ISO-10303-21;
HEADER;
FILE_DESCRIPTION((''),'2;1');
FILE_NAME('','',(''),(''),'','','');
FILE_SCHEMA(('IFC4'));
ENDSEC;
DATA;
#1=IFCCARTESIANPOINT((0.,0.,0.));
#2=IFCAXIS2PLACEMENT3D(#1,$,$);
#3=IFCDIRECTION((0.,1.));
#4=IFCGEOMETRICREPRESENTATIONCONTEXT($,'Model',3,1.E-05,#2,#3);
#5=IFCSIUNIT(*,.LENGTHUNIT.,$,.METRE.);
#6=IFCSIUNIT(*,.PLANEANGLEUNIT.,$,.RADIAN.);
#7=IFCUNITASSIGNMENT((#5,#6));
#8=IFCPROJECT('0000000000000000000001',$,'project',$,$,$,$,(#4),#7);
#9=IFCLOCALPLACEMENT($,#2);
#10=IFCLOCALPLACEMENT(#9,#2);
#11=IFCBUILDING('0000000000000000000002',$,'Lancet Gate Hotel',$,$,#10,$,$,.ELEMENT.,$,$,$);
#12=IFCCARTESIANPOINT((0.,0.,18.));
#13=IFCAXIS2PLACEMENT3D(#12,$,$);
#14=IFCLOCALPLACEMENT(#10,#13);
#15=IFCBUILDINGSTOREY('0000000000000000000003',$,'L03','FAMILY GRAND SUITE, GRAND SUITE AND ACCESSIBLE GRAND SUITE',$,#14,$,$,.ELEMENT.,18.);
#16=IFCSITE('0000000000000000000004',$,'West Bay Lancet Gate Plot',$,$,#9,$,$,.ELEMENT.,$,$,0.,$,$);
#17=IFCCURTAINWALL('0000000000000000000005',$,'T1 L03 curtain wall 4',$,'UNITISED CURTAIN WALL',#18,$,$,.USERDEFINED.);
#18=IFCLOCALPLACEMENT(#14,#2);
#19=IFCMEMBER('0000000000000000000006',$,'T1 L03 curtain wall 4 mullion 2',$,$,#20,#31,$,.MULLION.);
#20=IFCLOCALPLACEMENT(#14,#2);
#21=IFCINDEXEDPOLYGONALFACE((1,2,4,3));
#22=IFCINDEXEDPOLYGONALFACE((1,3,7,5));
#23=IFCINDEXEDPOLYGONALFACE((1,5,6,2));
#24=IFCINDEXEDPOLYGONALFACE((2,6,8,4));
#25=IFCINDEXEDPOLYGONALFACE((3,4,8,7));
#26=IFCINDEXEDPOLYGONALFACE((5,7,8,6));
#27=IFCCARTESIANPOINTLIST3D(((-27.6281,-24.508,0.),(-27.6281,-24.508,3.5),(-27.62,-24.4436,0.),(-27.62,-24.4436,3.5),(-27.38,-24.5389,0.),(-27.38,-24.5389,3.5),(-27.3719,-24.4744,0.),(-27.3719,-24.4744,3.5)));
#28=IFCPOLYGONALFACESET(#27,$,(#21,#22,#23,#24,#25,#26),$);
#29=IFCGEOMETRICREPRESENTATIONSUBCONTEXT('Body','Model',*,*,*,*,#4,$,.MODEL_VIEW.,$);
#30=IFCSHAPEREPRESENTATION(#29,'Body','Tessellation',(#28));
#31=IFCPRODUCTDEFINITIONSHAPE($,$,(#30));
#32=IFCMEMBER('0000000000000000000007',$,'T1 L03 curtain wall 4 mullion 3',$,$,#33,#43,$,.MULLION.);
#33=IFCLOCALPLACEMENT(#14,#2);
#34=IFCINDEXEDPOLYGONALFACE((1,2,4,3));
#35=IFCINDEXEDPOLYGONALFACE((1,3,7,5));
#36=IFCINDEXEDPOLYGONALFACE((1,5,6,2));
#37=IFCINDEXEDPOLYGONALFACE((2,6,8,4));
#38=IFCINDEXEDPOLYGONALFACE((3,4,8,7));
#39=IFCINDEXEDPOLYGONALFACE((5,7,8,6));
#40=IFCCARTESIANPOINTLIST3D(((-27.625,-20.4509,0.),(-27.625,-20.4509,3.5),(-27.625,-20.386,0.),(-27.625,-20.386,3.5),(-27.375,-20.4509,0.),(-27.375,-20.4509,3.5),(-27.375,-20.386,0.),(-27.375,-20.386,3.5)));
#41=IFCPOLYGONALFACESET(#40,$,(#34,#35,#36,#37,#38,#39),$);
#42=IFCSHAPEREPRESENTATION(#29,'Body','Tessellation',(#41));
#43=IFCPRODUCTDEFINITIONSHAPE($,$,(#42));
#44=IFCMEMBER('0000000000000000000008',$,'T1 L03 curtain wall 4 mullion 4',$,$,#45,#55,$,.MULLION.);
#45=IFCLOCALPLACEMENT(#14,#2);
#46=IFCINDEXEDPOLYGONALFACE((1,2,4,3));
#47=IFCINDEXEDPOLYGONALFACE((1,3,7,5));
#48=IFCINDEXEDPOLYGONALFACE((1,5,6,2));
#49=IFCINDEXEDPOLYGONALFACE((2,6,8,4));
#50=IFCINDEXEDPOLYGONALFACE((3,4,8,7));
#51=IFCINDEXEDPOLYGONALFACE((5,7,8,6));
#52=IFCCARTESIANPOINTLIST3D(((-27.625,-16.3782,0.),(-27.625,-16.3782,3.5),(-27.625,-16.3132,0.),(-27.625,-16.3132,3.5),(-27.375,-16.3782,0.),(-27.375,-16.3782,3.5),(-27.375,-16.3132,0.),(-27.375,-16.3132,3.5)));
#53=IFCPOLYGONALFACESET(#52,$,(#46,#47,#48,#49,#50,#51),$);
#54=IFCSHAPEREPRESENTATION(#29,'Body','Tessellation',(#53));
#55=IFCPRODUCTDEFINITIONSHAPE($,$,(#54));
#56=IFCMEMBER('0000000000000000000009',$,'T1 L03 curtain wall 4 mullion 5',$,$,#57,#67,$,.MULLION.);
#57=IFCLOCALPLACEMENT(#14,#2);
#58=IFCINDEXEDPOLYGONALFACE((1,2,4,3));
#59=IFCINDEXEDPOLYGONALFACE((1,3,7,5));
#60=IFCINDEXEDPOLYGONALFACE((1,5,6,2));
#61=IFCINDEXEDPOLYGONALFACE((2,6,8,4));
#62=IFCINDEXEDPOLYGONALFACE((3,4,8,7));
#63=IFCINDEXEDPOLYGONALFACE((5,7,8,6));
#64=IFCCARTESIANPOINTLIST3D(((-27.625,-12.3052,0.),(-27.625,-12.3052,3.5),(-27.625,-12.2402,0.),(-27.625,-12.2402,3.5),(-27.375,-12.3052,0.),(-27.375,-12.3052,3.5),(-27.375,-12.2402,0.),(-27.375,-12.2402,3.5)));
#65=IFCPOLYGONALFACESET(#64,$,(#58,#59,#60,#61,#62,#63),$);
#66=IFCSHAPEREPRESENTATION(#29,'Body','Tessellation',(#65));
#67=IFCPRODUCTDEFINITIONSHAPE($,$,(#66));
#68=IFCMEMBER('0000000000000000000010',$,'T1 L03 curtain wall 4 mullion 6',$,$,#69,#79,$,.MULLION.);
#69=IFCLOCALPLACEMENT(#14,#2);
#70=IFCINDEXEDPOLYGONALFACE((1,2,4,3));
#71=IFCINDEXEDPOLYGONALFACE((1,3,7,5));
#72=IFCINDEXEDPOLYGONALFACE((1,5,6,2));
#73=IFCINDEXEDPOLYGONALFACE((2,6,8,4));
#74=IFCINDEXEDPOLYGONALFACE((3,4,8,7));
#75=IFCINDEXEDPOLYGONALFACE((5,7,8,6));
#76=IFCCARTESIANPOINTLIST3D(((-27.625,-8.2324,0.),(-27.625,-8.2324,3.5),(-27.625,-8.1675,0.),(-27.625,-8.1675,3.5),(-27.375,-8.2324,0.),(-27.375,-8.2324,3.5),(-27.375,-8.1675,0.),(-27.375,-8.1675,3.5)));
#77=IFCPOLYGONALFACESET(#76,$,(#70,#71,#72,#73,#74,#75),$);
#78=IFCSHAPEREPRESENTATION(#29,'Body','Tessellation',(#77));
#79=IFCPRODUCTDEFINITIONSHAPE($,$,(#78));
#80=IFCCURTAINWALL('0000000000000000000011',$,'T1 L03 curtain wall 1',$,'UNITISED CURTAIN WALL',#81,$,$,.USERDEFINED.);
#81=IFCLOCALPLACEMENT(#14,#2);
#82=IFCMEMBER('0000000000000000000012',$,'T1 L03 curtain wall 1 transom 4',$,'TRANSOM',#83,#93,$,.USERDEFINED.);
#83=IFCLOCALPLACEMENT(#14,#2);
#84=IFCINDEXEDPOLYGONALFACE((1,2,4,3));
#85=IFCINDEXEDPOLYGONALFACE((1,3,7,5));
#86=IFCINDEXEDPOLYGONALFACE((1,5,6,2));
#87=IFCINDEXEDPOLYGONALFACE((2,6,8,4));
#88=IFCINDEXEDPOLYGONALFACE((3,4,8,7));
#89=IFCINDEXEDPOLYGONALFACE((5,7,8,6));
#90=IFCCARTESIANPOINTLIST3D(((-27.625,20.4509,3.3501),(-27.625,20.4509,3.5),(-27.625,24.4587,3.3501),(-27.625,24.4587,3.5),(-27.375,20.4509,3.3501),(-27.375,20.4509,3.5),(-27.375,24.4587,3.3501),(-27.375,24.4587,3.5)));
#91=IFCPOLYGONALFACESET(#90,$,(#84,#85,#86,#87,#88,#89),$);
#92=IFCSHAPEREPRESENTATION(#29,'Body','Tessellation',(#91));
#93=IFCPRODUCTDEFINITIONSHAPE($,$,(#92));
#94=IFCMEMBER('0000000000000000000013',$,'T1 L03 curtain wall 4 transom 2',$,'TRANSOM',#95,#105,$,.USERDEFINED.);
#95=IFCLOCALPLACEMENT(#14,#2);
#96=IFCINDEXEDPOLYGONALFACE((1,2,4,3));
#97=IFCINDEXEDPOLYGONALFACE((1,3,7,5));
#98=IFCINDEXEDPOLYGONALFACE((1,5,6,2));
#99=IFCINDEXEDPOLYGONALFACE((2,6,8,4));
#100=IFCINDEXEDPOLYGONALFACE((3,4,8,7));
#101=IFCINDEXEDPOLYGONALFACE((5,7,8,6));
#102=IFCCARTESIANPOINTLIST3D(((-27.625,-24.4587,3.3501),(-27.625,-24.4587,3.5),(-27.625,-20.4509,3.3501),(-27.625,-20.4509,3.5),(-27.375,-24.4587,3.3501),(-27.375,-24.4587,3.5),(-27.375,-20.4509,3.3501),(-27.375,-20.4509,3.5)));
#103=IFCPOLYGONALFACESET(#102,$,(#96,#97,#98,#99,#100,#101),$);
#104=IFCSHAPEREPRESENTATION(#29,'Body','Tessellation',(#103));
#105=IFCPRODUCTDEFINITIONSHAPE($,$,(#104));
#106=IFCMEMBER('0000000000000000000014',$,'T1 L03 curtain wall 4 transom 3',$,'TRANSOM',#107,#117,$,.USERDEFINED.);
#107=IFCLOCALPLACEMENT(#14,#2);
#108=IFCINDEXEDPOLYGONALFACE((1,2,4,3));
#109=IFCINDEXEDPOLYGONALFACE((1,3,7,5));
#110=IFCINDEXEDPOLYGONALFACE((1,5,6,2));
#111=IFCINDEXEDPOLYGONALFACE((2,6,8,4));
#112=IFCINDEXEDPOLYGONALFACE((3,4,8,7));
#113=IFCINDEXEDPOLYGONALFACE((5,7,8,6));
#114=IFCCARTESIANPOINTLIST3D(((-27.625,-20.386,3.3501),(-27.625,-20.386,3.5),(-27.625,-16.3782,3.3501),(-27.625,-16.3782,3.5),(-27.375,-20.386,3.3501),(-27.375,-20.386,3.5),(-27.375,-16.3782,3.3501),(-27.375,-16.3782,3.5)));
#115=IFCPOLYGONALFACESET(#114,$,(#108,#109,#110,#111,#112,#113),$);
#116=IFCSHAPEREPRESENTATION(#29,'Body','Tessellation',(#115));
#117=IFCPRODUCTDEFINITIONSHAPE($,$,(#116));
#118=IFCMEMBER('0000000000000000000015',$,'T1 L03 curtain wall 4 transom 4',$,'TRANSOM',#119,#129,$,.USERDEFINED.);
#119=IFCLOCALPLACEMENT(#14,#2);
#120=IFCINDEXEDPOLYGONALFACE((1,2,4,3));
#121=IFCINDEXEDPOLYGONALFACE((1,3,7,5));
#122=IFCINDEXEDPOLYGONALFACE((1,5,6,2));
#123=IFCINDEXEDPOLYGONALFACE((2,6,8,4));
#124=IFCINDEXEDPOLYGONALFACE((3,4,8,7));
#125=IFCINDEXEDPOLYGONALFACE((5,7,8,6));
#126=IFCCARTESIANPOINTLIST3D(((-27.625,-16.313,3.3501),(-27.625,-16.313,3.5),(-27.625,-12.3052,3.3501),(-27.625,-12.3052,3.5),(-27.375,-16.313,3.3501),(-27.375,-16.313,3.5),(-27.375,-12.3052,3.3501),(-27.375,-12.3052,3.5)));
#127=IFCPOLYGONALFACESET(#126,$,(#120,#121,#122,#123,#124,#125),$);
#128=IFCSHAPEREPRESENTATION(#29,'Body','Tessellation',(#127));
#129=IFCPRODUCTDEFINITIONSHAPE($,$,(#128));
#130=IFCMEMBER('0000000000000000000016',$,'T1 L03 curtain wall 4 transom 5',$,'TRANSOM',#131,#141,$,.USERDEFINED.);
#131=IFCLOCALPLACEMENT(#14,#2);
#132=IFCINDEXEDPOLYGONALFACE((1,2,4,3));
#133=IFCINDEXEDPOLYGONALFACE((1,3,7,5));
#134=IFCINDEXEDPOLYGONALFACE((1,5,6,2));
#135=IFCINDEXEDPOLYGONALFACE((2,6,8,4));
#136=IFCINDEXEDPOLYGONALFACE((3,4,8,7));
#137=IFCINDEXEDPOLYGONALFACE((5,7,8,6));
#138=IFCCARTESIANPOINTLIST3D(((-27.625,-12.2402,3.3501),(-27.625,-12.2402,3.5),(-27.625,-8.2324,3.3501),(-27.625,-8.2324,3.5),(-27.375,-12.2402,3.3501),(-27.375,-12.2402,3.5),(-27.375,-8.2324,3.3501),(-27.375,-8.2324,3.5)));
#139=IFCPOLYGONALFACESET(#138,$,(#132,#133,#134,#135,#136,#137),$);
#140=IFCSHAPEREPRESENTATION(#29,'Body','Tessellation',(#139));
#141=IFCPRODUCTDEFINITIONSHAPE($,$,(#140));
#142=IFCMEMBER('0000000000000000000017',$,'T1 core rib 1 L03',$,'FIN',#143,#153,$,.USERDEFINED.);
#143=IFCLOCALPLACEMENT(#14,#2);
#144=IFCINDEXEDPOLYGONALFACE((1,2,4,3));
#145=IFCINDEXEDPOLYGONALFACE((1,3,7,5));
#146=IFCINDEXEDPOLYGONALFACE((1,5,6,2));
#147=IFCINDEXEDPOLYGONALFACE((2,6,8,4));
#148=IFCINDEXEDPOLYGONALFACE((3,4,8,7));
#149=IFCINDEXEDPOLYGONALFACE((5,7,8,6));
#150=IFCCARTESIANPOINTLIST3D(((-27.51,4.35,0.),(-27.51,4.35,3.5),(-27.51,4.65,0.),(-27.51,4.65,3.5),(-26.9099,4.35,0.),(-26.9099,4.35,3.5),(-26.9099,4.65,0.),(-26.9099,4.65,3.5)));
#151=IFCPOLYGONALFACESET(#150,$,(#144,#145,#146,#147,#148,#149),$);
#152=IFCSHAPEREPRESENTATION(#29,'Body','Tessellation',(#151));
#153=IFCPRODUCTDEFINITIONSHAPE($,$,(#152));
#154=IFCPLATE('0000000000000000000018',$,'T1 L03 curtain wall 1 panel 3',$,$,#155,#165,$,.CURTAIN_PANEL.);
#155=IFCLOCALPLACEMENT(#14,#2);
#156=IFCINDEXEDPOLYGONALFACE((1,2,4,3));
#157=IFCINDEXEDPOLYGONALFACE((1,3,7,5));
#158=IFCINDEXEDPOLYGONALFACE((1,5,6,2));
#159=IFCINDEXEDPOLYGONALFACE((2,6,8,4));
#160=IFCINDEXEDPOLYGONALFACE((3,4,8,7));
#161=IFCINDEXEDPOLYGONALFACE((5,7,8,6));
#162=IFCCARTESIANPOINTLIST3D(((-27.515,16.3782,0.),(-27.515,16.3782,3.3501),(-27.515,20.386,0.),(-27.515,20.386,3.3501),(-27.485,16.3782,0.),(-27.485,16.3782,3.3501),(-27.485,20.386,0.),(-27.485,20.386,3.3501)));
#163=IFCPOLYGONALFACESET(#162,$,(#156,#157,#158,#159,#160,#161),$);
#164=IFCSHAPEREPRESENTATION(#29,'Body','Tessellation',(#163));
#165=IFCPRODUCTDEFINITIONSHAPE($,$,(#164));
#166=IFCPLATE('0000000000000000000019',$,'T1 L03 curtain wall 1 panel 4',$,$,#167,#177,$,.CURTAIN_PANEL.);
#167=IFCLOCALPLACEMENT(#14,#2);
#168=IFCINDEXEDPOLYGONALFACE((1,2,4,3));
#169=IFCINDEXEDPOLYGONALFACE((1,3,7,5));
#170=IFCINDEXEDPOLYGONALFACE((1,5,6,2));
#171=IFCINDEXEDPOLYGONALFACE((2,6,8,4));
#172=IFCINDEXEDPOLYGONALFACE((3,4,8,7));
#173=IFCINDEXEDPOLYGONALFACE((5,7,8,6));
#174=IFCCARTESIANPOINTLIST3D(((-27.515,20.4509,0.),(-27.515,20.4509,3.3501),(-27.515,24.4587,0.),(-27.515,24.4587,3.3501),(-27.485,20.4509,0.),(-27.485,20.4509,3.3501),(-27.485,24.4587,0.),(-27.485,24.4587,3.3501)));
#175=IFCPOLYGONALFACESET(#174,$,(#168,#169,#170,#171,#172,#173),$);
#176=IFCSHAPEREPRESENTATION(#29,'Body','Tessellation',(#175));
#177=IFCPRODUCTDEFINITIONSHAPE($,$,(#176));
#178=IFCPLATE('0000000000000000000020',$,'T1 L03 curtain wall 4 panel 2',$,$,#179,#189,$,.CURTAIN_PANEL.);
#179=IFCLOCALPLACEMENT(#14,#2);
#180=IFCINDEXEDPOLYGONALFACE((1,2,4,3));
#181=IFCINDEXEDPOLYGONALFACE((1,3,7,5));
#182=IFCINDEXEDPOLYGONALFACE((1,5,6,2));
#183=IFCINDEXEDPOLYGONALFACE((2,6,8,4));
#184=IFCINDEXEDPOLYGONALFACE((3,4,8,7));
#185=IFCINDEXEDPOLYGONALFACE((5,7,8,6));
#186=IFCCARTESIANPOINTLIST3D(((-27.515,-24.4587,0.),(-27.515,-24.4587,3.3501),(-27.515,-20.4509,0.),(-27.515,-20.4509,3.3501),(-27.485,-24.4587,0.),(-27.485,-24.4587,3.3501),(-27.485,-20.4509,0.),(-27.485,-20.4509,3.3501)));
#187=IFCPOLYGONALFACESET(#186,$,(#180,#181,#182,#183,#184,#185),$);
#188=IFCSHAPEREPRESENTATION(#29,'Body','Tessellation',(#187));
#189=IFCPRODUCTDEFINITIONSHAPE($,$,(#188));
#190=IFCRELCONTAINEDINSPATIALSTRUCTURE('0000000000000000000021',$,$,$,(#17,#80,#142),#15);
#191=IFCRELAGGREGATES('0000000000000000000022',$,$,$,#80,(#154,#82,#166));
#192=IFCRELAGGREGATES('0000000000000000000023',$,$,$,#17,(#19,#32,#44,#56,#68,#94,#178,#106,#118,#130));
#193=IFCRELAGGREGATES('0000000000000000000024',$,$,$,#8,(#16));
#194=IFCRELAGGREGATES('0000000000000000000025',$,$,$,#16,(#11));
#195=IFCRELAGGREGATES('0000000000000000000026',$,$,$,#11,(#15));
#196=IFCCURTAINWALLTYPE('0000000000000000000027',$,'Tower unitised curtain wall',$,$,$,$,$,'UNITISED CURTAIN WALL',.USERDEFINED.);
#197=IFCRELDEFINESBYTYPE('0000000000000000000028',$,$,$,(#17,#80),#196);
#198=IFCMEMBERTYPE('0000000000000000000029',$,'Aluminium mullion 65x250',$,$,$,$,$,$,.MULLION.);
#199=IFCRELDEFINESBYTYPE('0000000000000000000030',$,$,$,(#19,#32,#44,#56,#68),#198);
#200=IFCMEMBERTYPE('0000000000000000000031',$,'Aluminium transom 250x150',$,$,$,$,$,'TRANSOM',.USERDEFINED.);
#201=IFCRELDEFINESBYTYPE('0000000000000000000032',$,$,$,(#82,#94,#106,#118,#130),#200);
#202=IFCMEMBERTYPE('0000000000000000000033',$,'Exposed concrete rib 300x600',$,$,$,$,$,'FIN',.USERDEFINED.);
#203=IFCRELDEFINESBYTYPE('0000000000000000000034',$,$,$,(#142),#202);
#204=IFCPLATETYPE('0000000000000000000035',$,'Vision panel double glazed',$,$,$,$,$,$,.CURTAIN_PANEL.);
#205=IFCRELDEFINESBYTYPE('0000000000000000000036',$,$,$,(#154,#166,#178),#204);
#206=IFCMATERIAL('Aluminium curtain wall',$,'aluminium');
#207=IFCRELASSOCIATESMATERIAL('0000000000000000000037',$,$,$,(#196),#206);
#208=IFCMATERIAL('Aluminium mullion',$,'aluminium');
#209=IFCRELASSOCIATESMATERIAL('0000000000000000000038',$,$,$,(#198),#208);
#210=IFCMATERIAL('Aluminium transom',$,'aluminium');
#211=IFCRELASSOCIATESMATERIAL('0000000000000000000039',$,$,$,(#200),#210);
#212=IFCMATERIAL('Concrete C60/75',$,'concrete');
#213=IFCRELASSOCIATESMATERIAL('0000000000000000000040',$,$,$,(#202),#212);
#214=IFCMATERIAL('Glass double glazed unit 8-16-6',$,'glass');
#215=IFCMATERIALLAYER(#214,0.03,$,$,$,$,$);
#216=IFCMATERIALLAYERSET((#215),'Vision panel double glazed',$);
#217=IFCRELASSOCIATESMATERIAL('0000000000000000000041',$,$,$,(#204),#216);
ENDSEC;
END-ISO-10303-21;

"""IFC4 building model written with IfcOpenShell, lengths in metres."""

from ifc_helpers import new_model, si_unit, direction, frame, origin, origin_2d, place, context, subcontext, project, spatial, rectangle, extrude, material, layer, layer_set, material_profile, profile_set, type_object, element, aggregate, save


model = new_model("IFC4")

# Units and contexts
model_context = context("Model", 3, precision=1e-05, world=origin(), true_north=direction((0.0, 1.0)))
body_context = subcontext(model_context, "Body", "Model", "MODEL_VIEW")
ifc_project = project(units=[si_unit("LENGTHUNIT", "METRE"), si_unit("PLANEANGLEUNIT", "RADIAN")], contexts=[model_context])

# Site, building, storey
site_placement = place(None, origin())
site = spatial("IfcSite", under=ifc_project, at=site_placement, Name="West Bay Lancet Gate Plot", CompositionType="ELEMENT", RefElevation=0.0)
building_placement = place(site_placement, origin())
building = spatial("IfcBuilding", under=site, at=building_placement, Name="Lancet Gate Hotel", CompositionType="ELEMENT")
storey_placement = place(building_placement, frame((0.0, 0.0, 18.0)))
storey = spatial("IfcBuildingStorey", under=building, at=storey_placement, Name="L03", Description="FAMILY GRAND SUITE, GRAND SUITE AND ACCESSIBLE GRAND SUITE", CompositionType="ELEMENT", Elevation=18.0)

# Curtain wall, members
ifc_material_1 = material(Name="Aluminium curtain wall", Category="aluminium")
curtain_wall_type = type_object("IfcCurtainWallType", Name="Tower unitised curtain wall", ElementType="UNITISED CURTAIN WALL", PredefinedType="USERDEFINED", material=ifc_material_1)
curtain_wall_1_placement = place(storey_placement, origin())
curtain_wall_1 = element("IfcCurtainWall", 1, at=curtain_wall_1_placement, inside=storey, type_object=curtain_wall_type, Name="T1 L03 curtain wall 4", ObjectType="UNITISED CURTAIN WALL", PredefinedType="USERDEFINED")
ifc_material_2 = material(Name="Aluminium mullion", Category="aluminium")
ifc_material_profile_1 = material_profile(ifc_material_2, rectangle(XDim=0.0649, YDim=0.25, at=origin_2d()), Name="MULLION 65x250")
ifc_profile_set_1 = profile_set([ifc_material_profile_1], Name="Aluminium mullion")
member_type_1 = type_object("IfcMemberType", Name="Aluminium mullion 65x250", PredefinedType="MULLION", material=ifc_profile_set_1)
member_1_placement = place(storey_placement, frame((-27.5, -24.4912, 0.0), z_axis=(0.0, 0.0, 1.0), x_axis=(0.123483, 0.992347, 0.0)))
member_1 = element("IfcMember", 2, at=member_1_placement, type_object=member_type_1, Name="T1 L03 curtain wall 4 mullion 2", PredefinedType="MULLION", context=body_context, shape_type="SweptSolid", body=[
    extrude(rectangle(XDim=0.0649, YDim=0.25, at=origin_2d()), origin(), (0.0, 0.0, 1.0), 3.5),
])
member_2_placement = place(storey_placement, frame((-27.5, -20.4185, 0.0), z_axis=(0.0, 0.0, 1.0), x_axis=(0.0, 1.0, 0.0)))
member_2 = element("IfcMember", 3, at=member_2_placement, type_object=member_type_1, Name="T1 L03 curtain wall 4 mullion 3", PredefinedType="MULLION", context=body_context, shape_type="SweptSolid", body=[
    extrude(rectangle(XDim=0.0649, YDim=0.25, at=origin_2d()), origin(), (0.0, 0.0, 1.0), 3.5),
])
member_3_placement = place(storey_placement, frame((-27.5, -16.3457, 0.0), z_axis=(0.0, 0.0, 1.0), x_axis=(0.0, 1.0, 0.0)))
member_3 = element("IfcMember", 4, at=member_3_placement, type_object=member_type_1, Name="T1 L03 curtain wall 4 mullion 4", PredefinedType="MULLION", context=body_context, shape_type="SweptSolid", body=[
    extrude(rectangle(XDim=0.0649, YDim=0.25, at=origin_2d()), origin(), (0.0, 0.0, 1.0), 3.5),
])
member_4_placement = place(storey_placement, frame((-27.5, -12.2727, 0.0), z_axis=(0.0, 0.0, 1.0), x_axis=(0.0, 1.0, 0.0)))
member_4 = element("IfcMember", 5, at=member_4_placement, type_object=member_type_1, Name="T1 L03 curtain wall 4 mullion 5", PredefinedType="MULLION", context=body_context, shape_type="SweptSolid", body=[
    extrude(rectangle(XDim=0.0649, YDim=0.25, at=origin_2d()), origin(), (0.0, 0.0, 1.0), 3.5),
])
member_5_placement = place(storey_placement, frame((-27.5, -8.2, 0.0), z_axis=(0.0, 0.0, 1.0), x_axis=(0.0, 1.0, 0.0)))
member_5 = element("IfcMember", 6, at=member_5_placement, type_object=member_type_1, Name="T1 L03 curtain wall 4 mullion 6", PredefinedType="MULLION", context=body_context, shape_type="SweptSolid", body=[
    extrude(rectangle(XDim=0.0649, YDim=0.25, at=origin_2d()), origin(), (0.0, 0.0, 1.0), 3.5),
])

# Curtain wall, member
curtain_wall_2_placement = place(storey_placement, origin())
curtain_wall_2 = element("IfcCurtainWall", 7, at=curtain_wall_2_placement, inside=storey, type_object=curtain_wall_type, Name="T1 L03 curtain wall 1", ObjectType="UNITISED CURTAIN WALL", PredefinedType="USERDEFINED")
ifc_material_3 = material(Name="Aluminium transom", Category="aluminium")
ifc_material_profile_2 = material_profile(ifc_material_3, rectangle(XDim=0.25, YDim=0.1499, at=origin_2d()), Name="TRANSOM 250x150")
ifc_profile_set_2 = profile_set([ifc_material_profile_2], Name="Aluminium transom")
member_type_2 = type_object("IfcMemberType", Name="Aluminium transom 250x150", ElementType="TRANSOM", PredefinedType="USERDEFINED", material=ifc_profile_set_2)
member_6_placement = place(storey_placement, frame((-27.5, 20.4509, 3.425), z_axis=(0.0, 1.0, 0.0), x_axis=(-1.0, 0.0, 0.0)))
member_6 = element("IfcMember", 8, at=member_6_placement, type_object=member_type_2, Name="T1 L03 curtain wall 1 transom 4", ObjectType="TRANSOM", PredefinedType="USERDEFINED", context=body_context, shape_type="SweptSolid", body=[
    extrude(rectangle(XDim=0.25, YDim=0.1499, at=origin_2d()), origin(), (0.0, 0.0, 1.0), 4.0078),
])

# Members
member_7_placement = place(storey_placement, frame((-27.5, -24.4587, 3.425), z_axis=(0.0, 1.0, 0.0), x_axis=(-1.0, 0.0, 0.0)))
member_7 = element("IfcMember", 9, at=member_7_placement, type_object=member_type_2, Name="T1 L03 curtain wall 4 transom 2", ObjectType="TRANSOM", PredefinedType="USERDEFINED", context=body_context, shape_type="SweptSolid", body=[
    extrude(rectangle(XDim=0.25, YDim=0.1499, at=origin_2d()), origin(), (0.0, 0.0, 1.0), 4.0078),
])
member_8_placement = place(storey_placement, frame((-27.5, -20.386, 3.425), z_axis=(0.0, 1.0, 0.0), x_axis=(-1.0, 0.0, 0.0)))
member_8 = element("IfcMember", 10, at=member_8_placement, type_object=member_type_2, Name="T1 L03 curtain wall 4 transom 3", ObjectType="TRANSOM", PredefinedType="USERDEFINED", context=body_context, shape_type="SweptSolid", body=[
    extrude(rectangle(XDim=0.25, YDim=0.1499, at=origin_2d()), origin(), (0.0, 0.0, 1.0), 4.0078),
])
member_9_placement = place(storey_placement, frame((-27.5, -16.313, 3.425), z_axis=(0.0, 1.0, 0.0), x_axis=(-1.0, 0.0, 0.0)))
member_9 = element("IfcMember", 11, at=member_9_placement, type_object=member_type_2, Name="T1 L03 curtain wall 4 transom 4", ObjectType="TRANSOM", PredefinedType="USERDEFINED", context=body_context, shape_type="SweptSolid", body=[
    extrude(rectangle(XDim=0.25, YDim=0.1499, at=origin_2d()), origin(), (0.0, 0.0, 1.0), 4.0078),
])
member_10_placement = place(storey_placement, frame((-27.5, -12.2402, 3.425), z_axis=(0.0, 1.0, 0.0), x_axis=(-1.0, 0.0, 0.0)))
member_10 = element("IfcMember", 12, at=member_10_placement, type_object=member_type_2, Name="T1 L03 curtain wall 4 transom 5", ObjectType="TRANSOM", PredefinedType="USERDEFINED", context=body_context, shape_type="SweptSolid", body=[
    extrude(rectangle(XDim=0.25, YDim=0.1499, at=origin_2d()), origin(), (0.0, 0.0, 1.0), 4.0078),
])
ifc_material_4 = material(Name="Concrete C60/75", Category="concrete")
ifc_material_profile_3 = material_profile(ifc_material_4, rectangle(XDim=0.3, YDim=0.6001, at=origin_2d()), Name="FIN 300x600")
ifc_profile_set_3 = profile_set([ifc_material_profile_3], Name="Concrete C60/75")
member_type_3 = type_object("IfcMemberType", Name="Exposed concrete rib 300x600", ElementType="FIN", PredefinedType="USERDEFINED", material=ifc_profile_set_3)
member_11_placement = place(storey_placement, frame((-27.21, 4.5, 0.0), z_axis=(0.0, 0.0, 1.0), x_axis=(0.0, 1.0, 0.0)))
element("IfcMember", 13, at=member_11_placement, inside=storey, type_object=member_type_3, Name="T1 core rib 1 L03", ObjectType="FIN", PredefinedType="USERDEFINED", context=body_context, shape_type="SweptSolid", body=[
    extrude(rectangle(XDim=0.3, YDim=0.6001, at=origin_2d()), origin(), (0.0, 0.0, 1.0), 3.5),
])

# Plates
ifc_material_5 = material(Name="Glass double glazed unit 8-16-6", Category="glass")
ifc_layer = layer(ifc_material_5, 0.03)
ifc_layer_set = layer_set([ifc_layer], Name="Vision panel double glazed")
plate_type = type_object("IfcPlateType", Name="Vision panel double glazed", PredefinedType="CURTAIN_PANEL", material=ifc_layer_set)
plate_1_placement = place(storey_placement, frame((-27.5, 18.3821, 0.0), z_axis=(0.0, 0.0, 1.0), x_axis=(0.0, 1.0, 0.0)))
plate_1 = element("IfcPlate", 14, at=plate_1_placement, type_object=plate_type, Name="T1 L03 curtain wall 1 panel 3", PredefinedType="CURTAIN_PANEL", context=body_context, shape_type="SweptSolid", body=[
    extrude(rectangle(XDim=4.0078, YDim=0.03, at=origin_2d()), origin(), (0.0, 0.0, 1.0), 3.3501),
])
plate_2_placement = place(storey_placement, frame((-27.5, 22.4548, 0.0), z_axis=(0.0, 0.0, 1.0), x_axis=(0.0, 1.0, 0.0)))
plate_2 = element("IfcPlate", 15, at=plate_2_placement, type_object=plate_type, Name="T1 L03 curtain wall 1 panel 4", PredefinedType="CURTAIN_PANEL", context=body_context, shape_type="SweptSolid", body=[
    extrude(rectangle(XDim=4.0078, YDim=0.03, at=origin_2d()), origin(), (0.0, 0.0, 1.0), 3.3501),
])
aggregate(curtain_wall_2, [plate_1, member_6, plate_2])
plate_3_placement = place(storey_placement, frame((-27.5, -22.4548, 0.0), z_axis=(0.0, 0.0, 1.0), x_axis=(0.0, 1.0, 0.0)))
plate_3 = element("IfcPlate", 16, at=plate_3_placement, type_object=plate_type, Name="T1 L03 curtain wall 4 panel 2", PredefinedType="CURTAIN_PANEL", context=body_context, shape_type="SweptSolid", body=[
    extrude(rectangle(XDim=4.0078, YDim=0.03, at=origin_2d()), origin(), (0.0, 0.0, 1.0), 3.3501),
])
aggregate(curtain_wall_1, [member_1, member_2, member_3, member_4, member_5, member_7, plate_3, member_8, member_9, member_10])

save(model, "model.ifc")
